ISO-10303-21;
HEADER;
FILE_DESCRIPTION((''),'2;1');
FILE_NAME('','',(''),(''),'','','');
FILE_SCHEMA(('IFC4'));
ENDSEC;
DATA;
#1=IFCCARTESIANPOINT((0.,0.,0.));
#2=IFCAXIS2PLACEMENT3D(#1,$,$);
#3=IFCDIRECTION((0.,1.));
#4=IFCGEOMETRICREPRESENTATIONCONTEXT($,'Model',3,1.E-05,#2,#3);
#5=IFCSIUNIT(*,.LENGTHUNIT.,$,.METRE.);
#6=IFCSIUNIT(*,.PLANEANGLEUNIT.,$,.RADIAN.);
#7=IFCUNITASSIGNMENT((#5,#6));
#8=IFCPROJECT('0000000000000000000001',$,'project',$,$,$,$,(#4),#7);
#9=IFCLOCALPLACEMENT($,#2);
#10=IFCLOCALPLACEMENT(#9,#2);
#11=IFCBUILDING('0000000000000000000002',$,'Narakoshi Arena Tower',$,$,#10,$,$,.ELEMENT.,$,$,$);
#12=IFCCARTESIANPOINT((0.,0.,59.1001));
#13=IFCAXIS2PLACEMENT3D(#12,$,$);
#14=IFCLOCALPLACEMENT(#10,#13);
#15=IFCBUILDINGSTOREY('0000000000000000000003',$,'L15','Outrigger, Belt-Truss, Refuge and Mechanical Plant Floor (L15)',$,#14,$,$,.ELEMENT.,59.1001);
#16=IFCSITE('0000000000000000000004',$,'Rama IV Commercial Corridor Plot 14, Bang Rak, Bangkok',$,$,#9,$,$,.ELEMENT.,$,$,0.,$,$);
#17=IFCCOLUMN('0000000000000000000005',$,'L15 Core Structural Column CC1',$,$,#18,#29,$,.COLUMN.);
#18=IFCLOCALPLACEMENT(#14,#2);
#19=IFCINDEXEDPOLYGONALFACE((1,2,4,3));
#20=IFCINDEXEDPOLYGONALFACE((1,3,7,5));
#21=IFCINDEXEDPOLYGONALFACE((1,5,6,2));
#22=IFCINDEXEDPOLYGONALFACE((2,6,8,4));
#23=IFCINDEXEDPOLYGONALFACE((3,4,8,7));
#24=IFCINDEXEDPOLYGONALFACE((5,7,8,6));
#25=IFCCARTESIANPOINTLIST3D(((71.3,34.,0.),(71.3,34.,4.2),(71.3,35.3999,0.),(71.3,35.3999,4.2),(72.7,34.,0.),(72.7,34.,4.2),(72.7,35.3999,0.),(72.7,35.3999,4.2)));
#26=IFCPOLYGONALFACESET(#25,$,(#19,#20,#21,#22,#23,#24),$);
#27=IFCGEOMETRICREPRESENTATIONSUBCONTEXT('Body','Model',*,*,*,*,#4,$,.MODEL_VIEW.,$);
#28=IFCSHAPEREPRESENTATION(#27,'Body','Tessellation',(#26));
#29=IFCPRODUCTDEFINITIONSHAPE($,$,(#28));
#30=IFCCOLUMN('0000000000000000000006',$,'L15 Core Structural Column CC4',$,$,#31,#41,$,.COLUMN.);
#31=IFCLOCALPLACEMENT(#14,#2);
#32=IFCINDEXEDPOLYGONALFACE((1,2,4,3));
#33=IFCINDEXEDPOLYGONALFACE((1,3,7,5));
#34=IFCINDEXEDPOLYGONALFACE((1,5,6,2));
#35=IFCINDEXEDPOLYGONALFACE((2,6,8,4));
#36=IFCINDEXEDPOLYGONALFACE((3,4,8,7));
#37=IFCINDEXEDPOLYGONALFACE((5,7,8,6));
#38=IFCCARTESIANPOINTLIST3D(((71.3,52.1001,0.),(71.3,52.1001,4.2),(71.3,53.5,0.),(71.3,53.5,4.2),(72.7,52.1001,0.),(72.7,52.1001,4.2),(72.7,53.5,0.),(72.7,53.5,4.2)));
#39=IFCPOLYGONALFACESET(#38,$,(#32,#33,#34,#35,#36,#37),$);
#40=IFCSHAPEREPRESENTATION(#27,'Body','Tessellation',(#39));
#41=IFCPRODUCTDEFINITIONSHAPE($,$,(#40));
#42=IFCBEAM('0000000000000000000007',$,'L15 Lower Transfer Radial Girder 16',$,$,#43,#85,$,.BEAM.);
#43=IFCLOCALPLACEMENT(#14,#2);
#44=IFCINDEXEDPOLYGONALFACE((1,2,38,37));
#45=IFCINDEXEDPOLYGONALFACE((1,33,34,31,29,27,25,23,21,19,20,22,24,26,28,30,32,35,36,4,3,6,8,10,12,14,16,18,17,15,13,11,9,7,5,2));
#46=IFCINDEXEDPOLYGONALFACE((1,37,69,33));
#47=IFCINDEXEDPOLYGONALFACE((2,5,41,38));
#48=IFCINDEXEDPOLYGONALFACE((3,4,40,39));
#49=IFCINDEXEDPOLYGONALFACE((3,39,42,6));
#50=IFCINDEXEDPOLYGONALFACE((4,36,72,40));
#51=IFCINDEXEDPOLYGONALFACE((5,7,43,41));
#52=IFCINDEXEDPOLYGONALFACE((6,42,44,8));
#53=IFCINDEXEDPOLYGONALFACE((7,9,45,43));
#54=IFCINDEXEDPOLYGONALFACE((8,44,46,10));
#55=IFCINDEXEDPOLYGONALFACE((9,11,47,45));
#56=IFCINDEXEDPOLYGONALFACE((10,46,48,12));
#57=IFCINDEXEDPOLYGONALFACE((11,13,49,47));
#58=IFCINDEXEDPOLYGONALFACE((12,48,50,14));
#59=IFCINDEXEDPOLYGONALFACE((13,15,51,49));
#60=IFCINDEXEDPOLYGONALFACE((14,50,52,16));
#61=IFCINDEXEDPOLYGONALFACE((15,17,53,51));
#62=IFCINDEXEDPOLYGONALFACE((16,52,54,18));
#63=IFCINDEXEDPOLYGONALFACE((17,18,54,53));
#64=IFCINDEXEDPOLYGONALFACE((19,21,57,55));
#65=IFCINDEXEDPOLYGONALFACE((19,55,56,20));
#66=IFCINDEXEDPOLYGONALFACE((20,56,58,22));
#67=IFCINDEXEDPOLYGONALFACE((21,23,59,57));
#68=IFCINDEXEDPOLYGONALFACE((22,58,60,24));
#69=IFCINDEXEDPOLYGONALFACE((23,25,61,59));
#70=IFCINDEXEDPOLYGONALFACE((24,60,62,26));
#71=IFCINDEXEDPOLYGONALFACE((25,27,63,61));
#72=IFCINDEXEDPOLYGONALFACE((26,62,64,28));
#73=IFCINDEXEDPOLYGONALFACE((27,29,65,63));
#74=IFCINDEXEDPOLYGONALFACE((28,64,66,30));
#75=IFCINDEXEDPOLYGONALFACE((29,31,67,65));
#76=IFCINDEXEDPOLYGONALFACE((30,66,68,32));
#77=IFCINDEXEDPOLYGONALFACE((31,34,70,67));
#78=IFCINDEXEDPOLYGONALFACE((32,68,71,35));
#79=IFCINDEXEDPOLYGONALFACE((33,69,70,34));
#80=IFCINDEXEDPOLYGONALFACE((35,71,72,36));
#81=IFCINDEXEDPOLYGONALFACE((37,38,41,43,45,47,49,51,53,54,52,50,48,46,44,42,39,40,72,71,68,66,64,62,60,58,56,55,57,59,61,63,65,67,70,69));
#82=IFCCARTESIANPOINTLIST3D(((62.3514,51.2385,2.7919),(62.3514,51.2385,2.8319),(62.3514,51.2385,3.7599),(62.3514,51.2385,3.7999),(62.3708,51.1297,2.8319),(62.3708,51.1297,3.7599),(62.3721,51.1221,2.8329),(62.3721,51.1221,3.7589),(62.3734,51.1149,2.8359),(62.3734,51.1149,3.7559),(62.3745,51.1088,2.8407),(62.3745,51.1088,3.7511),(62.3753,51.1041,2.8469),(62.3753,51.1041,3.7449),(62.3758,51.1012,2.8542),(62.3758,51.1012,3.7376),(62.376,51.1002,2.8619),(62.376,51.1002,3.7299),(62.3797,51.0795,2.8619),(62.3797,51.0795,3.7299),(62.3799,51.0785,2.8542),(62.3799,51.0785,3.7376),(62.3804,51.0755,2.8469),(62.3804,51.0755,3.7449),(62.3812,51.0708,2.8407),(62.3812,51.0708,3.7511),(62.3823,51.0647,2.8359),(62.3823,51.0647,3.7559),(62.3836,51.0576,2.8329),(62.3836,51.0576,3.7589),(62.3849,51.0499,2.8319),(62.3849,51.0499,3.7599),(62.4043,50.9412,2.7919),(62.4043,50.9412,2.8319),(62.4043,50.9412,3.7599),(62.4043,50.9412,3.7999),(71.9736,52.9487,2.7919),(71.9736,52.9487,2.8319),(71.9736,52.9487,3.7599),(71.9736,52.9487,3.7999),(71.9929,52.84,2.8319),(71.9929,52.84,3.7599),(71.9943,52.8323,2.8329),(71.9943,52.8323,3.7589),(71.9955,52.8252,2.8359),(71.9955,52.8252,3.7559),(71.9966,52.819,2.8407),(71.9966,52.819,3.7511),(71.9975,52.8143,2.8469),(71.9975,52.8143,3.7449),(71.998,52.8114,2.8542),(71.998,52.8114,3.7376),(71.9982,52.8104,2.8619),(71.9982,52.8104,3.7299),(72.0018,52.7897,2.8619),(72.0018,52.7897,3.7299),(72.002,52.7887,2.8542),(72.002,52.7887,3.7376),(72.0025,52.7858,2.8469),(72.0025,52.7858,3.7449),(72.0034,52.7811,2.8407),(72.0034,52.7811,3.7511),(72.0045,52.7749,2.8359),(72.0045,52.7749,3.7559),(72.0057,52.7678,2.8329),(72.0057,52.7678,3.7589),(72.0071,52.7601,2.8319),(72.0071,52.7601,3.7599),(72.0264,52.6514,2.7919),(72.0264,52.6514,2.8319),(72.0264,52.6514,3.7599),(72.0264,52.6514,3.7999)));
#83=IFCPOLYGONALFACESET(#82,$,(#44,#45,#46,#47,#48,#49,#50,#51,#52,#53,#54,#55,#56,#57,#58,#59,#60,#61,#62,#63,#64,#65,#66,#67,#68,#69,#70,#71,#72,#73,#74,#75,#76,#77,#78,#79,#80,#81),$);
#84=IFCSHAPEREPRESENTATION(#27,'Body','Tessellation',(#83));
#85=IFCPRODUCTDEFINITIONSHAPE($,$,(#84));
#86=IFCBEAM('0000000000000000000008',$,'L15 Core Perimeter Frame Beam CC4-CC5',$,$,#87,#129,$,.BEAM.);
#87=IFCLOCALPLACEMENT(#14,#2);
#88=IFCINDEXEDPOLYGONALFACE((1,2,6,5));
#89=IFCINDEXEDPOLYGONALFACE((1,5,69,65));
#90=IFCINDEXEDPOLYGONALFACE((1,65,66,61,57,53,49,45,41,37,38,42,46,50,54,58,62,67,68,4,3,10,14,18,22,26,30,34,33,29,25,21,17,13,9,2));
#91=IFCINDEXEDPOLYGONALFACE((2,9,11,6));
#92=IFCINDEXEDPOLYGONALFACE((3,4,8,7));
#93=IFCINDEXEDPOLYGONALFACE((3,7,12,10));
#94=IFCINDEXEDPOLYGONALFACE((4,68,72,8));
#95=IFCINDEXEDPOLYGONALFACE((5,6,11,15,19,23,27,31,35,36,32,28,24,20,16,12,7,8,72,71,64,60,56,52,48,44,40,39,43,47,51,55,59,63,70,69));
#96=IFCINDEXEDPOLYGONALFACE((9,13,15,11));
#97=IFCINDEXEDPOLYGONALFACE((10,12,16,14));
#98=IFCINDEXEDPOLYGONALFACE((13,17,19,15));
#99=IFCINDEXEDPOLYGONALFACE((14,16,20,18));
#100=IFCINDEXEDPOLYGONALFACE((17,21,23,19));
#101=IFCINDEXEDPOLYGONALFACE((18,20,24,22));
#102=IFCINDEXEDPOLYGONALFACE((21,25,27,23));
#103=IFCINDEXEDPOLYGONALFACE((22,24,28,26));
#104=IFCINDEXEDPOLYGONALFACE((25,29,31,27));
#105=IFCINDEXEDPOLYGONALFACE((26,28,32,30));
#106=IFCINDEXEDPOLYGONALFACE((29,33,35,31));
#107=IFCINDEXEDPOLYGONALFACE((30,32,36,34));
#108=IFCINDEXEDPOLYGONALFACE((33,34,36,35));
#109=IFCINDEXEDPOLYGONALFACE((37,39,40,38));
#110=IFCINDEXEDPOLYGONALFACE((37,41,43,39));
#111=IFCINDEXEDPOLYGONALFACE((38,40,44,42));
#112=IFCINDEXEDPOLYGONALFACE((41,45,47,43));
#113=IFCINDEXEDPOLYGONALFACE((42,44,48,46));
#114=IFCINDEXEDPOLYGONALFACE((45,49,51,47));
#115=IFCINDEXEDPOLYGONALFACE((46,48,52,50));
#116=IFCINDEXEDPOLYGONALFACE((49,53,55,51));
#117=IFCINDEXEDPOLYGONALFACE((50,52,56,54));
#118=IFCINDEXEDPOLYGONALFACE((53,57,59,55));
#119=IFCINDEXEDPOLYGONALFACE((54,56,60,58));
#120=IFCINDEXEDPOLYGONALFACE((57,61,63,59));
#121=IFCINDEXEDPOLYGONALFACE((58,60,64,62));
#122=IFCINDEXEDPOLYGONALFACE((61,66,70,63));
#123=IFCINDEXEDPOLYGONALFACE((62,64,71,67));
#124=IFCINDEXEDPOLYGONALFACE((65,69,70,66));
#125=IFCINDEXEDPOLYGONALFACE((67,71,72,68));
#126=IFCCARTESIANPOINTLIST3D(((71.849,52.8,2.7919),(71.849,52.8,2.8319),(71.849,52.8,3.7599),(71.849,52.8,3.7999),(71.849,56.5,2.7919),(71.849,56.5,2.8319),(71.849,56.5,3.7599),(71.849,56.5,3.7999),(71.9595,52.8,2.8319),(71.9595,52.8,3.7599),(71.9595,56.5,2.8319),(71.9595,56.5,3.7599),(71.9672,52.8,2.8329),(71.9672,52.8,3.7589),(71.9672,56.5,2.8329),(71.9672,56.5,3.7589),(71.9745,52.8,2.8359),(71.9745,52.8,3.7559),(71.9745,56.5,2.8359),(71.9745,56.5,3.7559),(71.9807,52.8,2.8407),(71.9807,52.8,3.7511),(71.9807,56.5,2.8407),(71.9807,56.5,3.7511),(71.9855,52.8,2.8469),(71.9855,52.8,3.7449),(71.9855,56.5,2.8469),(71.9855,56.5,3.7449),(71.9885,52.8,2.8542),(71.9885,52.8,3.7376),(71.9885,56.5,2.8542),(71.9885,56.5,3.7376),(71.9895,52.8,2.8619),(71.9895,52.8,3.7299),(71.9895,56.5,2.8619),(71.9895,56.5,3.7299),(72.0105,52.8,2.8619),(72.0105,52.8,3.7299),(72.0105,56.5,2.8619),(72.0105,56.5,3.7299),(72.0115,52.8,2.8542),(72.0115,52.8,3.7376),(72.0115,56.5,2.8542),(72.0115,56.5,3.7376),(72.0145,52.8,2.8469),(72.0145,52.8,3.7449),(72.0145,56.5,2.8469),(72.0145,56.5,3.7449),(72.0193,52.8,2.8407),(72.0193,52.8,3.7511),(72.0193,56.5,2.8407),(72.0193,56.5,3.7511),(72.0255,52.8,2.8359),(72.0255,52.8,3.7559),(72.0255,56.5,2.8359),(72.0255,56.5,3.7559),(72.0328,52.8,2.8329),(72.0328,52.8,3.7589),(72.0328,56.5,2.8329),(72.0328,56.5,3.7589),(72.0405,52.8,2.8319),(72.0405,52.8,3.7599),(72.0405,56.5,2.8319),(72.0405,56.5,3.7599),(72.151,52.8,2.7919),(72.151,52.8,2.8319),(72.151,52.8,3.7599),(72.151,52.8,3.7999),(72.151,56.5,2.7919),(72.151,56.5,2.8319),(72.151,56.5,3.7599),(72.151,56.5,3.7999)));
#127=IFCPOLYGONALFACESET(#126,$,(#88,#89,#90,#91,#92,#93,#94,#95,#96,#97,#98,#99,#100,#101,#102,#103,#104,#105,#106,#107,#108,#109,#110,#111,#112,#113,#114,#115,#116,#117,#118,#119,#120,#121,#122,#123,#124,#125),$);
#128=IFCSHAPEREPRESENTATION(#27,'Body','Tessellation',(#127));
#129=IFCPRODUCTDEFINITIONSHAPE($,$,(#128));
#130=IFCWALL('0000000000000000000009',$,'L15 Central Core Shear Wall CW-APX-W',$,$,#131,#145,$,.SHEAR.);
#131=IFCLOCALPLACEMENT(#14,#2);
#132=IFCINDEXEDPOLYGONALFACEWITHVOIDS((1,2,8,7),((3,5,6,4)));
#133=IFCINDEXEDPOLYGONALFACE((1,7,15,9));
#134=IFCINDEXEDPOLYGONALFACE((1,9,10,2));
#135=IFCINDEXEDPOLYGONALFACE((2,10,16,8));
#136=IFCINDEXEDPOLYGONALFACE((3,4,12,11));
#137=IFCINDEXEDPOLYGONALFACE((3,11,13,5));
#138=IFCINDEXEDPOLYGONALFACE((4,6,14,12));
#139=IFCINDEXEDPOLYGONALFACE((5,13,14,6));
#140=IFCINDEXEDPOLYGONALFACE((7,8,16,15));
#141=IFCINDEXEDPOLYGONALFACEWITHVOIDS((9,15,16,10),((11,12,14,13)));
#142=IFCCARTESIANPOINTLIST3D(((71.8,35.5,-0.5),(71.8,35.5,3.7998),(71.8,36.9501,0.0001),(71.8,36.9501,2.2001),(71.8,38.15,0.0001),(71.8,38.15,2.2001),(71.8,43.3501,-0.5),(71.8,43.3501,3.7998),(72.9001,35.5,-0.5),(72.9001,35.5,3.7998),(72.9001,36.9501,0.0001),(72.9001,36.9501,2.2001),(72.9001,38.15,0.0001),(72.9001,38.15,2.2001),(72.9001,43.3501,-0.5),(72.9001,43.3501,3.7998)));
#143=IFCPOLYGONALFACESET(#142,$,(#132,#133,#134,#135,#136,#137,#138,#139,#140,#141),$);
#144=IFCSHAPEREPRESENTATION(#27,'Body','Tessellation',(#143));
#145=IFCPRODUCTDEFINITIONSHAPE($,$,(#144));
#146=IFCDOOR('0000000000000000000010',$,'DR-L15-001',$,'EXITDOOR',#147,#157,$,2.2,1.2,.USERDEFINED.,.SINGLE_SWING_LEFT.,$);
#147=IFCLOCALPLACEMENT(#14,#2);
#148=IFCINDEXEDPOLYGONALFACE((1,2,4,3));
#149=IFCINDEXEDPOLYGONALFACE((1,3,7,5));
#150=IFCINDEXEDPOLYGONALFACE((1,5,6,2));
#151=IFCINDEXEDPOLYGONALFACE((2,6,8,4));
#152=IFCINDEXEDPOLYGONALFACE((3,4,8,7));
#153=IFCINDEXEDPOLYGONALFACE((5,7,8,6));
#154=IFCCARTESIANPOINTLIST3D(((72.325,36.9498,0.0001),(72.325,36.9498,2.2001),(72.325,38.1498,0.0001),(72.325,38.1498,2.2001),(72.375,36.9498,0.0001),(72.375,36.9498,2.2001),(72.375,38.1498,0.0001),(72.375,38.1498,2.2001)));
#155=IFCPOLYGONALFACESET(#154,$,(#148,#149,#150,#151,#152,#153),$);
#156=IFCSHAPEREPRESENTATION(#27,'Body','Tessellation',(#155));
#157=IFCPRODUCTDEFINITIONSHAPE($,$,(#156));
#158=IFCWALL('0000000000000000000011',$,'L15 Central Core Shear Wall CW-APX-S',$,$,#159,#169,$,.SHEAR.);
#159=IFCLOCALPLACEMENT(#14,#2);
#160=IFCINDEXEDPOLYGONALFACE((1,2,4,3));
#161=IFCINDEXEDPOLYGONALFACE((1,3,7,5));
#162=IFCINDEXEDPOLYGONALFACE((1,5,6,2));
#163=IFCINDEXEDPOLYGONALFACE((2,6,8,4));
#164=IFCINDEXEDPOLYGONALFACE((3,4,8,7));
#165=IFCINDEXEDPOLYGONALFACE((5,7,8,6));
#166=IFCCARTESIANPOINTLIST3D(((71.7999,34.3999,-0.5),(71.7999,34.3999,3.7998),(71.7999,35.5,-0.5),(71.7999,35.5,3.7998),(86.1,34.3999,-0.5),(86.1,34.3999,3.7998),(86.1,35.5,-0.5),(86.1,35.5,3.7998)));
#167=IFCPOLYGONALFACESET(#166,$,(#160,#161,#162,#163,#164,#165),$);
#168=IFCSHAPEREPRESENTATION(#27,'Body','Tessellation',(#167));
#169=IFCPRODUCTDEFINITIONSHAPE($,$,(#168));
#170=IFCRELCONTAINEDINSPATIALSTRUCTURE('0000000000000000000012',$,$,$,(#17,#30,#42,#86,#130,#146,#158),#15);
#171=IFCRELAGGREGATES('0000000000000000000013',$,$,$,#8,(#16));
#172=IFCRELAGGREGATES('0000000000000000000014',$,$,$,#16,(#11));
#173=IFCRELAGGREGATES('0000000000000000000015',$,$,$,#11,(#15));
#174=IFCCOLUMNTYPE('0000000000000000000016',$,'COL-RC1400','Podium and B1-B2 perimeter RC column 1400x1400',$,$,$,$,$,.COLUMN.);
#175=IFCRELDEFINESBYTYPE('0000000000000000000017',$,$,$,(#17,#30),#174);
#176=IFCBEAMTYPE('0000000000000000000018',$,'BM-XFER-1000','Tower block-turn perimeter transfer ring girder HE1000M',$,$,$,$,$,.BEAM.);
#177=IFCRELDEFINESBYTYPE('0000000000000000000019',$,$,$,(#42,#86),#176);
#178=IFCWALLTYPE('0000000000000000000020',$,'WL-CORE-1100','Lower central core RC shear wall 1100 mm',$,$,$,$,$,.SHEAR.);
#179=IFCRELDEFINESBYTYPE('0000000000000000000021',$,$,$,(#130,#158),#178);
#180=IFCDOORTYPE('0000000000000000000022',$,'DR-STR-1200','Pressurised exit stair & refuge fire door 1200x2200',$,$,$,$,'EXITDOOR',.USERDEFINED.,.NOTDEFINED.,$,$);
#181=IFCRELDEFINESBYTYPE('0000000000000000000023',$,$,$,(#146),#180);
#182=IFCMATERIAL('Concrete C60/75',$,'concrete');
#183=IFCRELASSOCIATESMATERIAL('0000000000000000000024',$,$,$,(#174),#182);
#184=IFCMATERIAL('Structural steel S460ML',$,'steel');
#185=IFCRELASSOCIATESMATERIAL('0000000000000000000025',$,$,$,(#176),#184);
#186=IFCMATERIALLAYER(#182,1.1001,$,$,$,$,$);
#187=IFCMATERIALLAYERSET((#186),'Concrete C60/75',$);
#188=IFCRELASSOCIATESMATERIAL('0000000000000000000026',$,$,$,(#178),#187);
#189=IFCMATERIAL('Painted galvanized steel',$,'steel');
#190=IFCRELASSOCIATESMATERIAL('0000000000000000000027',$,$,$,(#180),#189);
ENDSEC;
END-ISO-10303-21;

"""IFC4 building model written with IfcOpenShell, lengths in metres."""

from ifc_helpers import new_model, si_unit, direction, frame, frame_2d, origin, origin_2d, place, context, subcontext, project, spatial, rectangle, i_section, extrude, material, layer, layer_set, material_profile, profile_set, type_object, element, fill, save


model = new_model("IFC4")

# Units and contexts
model_context = context("Model", 3, precision=1e-05, world=origin(), true_north=direction((0.0, 1.0)))
body_context = subcontext(model_context, "Body", "Model", "MODEL_VIEW")
ifc_project = project(units=[si_unit("LENGTHUNIT", "METRE"), si_unit("PLANEANGLEUNIT", "RADIAN")], contexts=[model_context])

# Site, building, storey
site_placement = place(None, origin())
site = spatial("IfcSite", under=ifc_project, at=site_placement, Name="Rama IV Commercial Corridor Plot 14, Bang Rak, Bangkok", CompositionType="ELEMENT", RefElevation=0.0)
building_placement = place(site_placement, origin())
building = spatial("IfcBuilding", under=site, at=building_placement, Name="Narakoshi Arena Tower", CompositionType="ELEMENT")
storey_placement = place(building_placement, frame((0.0, 0.0, 59.1001)))
storey = spatial("IfcBuildingStorey", under=building, at=storey_placement, Name="L15", Description="Outrigger, Belt-Truss, Refuge and Mechanical Plant Floor (L15)", CompositionType="ELEMENT", Elevation=59.1001)

# Columns
ifc_material_1 = material(Name="Concrete C60/75", Category="concrete")
ifc_material_profile_1 = material_profile(ifc_material_1, rectangle(XDim=1.3999, YDim=1.3999, at=origin_2d()), Name="RC1400x1400")
ifc_profile_set_1 = profile_set([ifc_material_profile_1], Name="Concrete C60/75")
column_type = type_object("IfcColumnType", Name="COL-RC1400", Description="Podium and B1-B2 perimeter RC column 1400x1400", PredefinedType="COLUMN", material=ifc_profile_set_1)
for number, where, z_axis, x_axis, name in (
    (1, (72.0, 34.7, 0.0), (0.0, 0.0, 1.0), (1.0, 0.0, 0.0), "L15 Core Structural Column CC1"),
    (2, (72.0, 52.8, 0.0), (0.0, 0.0, 1.0), (1.0, 0.0, 0.0), "L15 Core Structural Column CC4"),
):
    element("IfcColumn", number, at=place(storey_placement, frame(where, z_axis=z_axis, x_axis=x_axis)), inside=storey, type_object=column_type, Name=name, PredefinedType="COLUMN", context=body_context, shape_type="SweptSolid", body=[
        extrude(rectangle(XDim=1.3999, YDim=1.3999, at=origin_2d()), origin(), (0.0, 0.0, 1.0), 4.2),
    ])

# Beams
ifc_material_2 = material(Name="Structural steel S460ML", Category="steel")
ifc_material_profile_2 = material_profile(ifc_material_2, i_section(OverallWidth=0.302, OverallDepth=1.0081, WebThickness=0.021, FlangeThickness=0.04, FilletRadius=0.03, at=origin_2d()), Name="HE1000M")
ifc_profile_set_2 = profile_set([ifc_material_profile_2], Name="Structural steel S460ML")
beam_type = type_object("IfcBeamType", Name="BM-XFER-1000", Description="Tower block-turn perimeter transfer ring girder HE1000M", PredefinedType="BEAM", material=ifc_profile_set_2)
beam_1_placement = place(storey_placement, frame((72.0, 52.8, 3.2959), z_axis=(-0.984569, -0.174995, 0.0), x_axis=(0.174995, -0.984569, 0.0)))
element("IfcBeam", 3, at=beam_1_placement, inside=storey, type_object=beam_type, Name="L15 Lower Transfer Radial Girder 16", PredefinedType="BEAM", context=body_context, shape_type="SweptSolid", body=[
    extrude(i_section(OverallWidth=0.302, OverallDepth=1.0081, WebThickness=0.021, FlangeThickness=0.04, FilletRadius=0.03, at=origin_2d()), origin(), (0.0, 0.0, 1.0), 9.7729),
])
beam_2_placement = place(storey_placement, frame((72.0, 52.8, 3.2959), z_axis=(0.0, 1.0, 0.0), x_axis=(-1.0, 0.0, 0.0)))
element("IfcBeam", 4, at=beam_2_placement, inside=storey, type_object=beam_type, Name="L15 Core Perimeter Frame Beam CC4-CC5", PredefinedType="BEAM", context=body_context, shape_type="SweptSolid", body=[
    extrude(i_section(OverallWidth=0.302, OverallDepth=1.0081, WebThickness=0.021, FlangeThickness=0.04, FilletRadius=0.03, at=origin_2d()), origin(), (0.0, 0.0, 1.0), 3.7),
])

# Wall, opening, door
ifc_layer_1 = layer(ifc_material_1, 1.1001)
ifc_layer_set_1 = layer_set([ifc_layer_1], Name="Concrete C60/75")
wall_type_1 = type_object("IfcWallType", Name="WL-CORE-1100", Description="Lower central core RC shear wall 1100 mm", PredefinedType="SHEAR", material=ifc_layer_set_1)
wall_1_placement = place(storey_placement, frame((72.3501, 35.5, -0.5), z_axis=(0.0, 0.0, 1.0), x_axis=(0.0, 1.0, 0.0)))
wall_1 = element("IfcWall", 5, at=wall_1_placement, inside=storey, type_object=wall_type_1, Name="L15 Central Core Shear Wall CW-APX-W", PredefinedType="SHEAR", context=body_context, shape_type="SweptSolid", body=[
    extrude(rectangle(XDim=7.8501, YDim=1.1001, at=frame_2d((3.925, 0.0))), origin(), (0.0, 0.0, 1.0), 4.2998),
])
opening_1_placement = place(wall_1_placement, frame((1.45, 0.0, 0.5)))
opening_1 = element("IfcOpeningElement", 6, at=opening_1_placement, cuts=wall_1, PredefinedType="OPENING", context=body_context, shape_type="SweptSolid", body=[
    extrude(rectangle(XDim=1.2, YDim=2.2, at=frame_2d((0.6001, 1.1001))), frame((0.0, 0.5601, 0.0), z_axis=(0.0, -1.0, 0.0), x_axis=(1.0, 0.0, 0.0)), (0.0, 0.0, 1.0), 1.1201),
])
ifc_material_3 = material(Name="Painted galvanized steel", Category="steel")
door_type = type_object("IfcDoorType", Name="DR-STR-1200", Description="Pressurised exit stair & refuge fire door 1200x2200", ElementType="EXITDOOR", OperationType="NOTDEFINED", PredefinedType="USERDEFINED", material=ifc_material_3)
door_1_placement = place(opening_1_placement, frame((1.2, 0.0, 0.0), z_axis=(0.0, 0.0, 1.0), x_axis=(-1.0, 0.0, 0.0)))
door_1 = element("IfcDoor", 7, at=door_1_placement, inside=storey, type_object=door_type, Name="DR-L15-001", ObjectType="EXITDOOR", OperationType="SINGLE_SWING_LEFT", OverallHeight=2.2, OverallWidth=1.2, PredefinedType="USERDEFINED", context=body_context, shape_type="SweptSolid", body=[
    extrude(rectangle(XDim=1.2, YDim=2.2, at=frame_2d((0.6001, 1.1001))), frame((0.0, 0.0249, 0.0), z_axis=(0.0, -1.0, 0.0), x_axis=(1.0, 0.0, 0.0)), (0.0, 0.0, 1.0), 0.05),
])
fill(opening_1, door_1)

# Wall
wall_2_placement = place(storey_placement, frame((71.8, 34.95, -0.5), z_axis=(0.0, 0.0, 1.0), x_axis=(1.0, 0.0, 0.0)))
element("IfcWall", 8, at=wall_2_placement, inside=storey, type_object=wall_type_1, Name="L15 Central Core Shear Wall CW-APX-S", PredefinedType="SHEAR", context=body_context, shape_type="SweptSolid", body=[
    extrude(rectangle(XDim=14.3, YDim=1.1001, at=frame_2d((7.1499, 0.0))), origin(), (0.0, 0.0, 1.0), 4.2998),
])

save(model, "model.ifc")
